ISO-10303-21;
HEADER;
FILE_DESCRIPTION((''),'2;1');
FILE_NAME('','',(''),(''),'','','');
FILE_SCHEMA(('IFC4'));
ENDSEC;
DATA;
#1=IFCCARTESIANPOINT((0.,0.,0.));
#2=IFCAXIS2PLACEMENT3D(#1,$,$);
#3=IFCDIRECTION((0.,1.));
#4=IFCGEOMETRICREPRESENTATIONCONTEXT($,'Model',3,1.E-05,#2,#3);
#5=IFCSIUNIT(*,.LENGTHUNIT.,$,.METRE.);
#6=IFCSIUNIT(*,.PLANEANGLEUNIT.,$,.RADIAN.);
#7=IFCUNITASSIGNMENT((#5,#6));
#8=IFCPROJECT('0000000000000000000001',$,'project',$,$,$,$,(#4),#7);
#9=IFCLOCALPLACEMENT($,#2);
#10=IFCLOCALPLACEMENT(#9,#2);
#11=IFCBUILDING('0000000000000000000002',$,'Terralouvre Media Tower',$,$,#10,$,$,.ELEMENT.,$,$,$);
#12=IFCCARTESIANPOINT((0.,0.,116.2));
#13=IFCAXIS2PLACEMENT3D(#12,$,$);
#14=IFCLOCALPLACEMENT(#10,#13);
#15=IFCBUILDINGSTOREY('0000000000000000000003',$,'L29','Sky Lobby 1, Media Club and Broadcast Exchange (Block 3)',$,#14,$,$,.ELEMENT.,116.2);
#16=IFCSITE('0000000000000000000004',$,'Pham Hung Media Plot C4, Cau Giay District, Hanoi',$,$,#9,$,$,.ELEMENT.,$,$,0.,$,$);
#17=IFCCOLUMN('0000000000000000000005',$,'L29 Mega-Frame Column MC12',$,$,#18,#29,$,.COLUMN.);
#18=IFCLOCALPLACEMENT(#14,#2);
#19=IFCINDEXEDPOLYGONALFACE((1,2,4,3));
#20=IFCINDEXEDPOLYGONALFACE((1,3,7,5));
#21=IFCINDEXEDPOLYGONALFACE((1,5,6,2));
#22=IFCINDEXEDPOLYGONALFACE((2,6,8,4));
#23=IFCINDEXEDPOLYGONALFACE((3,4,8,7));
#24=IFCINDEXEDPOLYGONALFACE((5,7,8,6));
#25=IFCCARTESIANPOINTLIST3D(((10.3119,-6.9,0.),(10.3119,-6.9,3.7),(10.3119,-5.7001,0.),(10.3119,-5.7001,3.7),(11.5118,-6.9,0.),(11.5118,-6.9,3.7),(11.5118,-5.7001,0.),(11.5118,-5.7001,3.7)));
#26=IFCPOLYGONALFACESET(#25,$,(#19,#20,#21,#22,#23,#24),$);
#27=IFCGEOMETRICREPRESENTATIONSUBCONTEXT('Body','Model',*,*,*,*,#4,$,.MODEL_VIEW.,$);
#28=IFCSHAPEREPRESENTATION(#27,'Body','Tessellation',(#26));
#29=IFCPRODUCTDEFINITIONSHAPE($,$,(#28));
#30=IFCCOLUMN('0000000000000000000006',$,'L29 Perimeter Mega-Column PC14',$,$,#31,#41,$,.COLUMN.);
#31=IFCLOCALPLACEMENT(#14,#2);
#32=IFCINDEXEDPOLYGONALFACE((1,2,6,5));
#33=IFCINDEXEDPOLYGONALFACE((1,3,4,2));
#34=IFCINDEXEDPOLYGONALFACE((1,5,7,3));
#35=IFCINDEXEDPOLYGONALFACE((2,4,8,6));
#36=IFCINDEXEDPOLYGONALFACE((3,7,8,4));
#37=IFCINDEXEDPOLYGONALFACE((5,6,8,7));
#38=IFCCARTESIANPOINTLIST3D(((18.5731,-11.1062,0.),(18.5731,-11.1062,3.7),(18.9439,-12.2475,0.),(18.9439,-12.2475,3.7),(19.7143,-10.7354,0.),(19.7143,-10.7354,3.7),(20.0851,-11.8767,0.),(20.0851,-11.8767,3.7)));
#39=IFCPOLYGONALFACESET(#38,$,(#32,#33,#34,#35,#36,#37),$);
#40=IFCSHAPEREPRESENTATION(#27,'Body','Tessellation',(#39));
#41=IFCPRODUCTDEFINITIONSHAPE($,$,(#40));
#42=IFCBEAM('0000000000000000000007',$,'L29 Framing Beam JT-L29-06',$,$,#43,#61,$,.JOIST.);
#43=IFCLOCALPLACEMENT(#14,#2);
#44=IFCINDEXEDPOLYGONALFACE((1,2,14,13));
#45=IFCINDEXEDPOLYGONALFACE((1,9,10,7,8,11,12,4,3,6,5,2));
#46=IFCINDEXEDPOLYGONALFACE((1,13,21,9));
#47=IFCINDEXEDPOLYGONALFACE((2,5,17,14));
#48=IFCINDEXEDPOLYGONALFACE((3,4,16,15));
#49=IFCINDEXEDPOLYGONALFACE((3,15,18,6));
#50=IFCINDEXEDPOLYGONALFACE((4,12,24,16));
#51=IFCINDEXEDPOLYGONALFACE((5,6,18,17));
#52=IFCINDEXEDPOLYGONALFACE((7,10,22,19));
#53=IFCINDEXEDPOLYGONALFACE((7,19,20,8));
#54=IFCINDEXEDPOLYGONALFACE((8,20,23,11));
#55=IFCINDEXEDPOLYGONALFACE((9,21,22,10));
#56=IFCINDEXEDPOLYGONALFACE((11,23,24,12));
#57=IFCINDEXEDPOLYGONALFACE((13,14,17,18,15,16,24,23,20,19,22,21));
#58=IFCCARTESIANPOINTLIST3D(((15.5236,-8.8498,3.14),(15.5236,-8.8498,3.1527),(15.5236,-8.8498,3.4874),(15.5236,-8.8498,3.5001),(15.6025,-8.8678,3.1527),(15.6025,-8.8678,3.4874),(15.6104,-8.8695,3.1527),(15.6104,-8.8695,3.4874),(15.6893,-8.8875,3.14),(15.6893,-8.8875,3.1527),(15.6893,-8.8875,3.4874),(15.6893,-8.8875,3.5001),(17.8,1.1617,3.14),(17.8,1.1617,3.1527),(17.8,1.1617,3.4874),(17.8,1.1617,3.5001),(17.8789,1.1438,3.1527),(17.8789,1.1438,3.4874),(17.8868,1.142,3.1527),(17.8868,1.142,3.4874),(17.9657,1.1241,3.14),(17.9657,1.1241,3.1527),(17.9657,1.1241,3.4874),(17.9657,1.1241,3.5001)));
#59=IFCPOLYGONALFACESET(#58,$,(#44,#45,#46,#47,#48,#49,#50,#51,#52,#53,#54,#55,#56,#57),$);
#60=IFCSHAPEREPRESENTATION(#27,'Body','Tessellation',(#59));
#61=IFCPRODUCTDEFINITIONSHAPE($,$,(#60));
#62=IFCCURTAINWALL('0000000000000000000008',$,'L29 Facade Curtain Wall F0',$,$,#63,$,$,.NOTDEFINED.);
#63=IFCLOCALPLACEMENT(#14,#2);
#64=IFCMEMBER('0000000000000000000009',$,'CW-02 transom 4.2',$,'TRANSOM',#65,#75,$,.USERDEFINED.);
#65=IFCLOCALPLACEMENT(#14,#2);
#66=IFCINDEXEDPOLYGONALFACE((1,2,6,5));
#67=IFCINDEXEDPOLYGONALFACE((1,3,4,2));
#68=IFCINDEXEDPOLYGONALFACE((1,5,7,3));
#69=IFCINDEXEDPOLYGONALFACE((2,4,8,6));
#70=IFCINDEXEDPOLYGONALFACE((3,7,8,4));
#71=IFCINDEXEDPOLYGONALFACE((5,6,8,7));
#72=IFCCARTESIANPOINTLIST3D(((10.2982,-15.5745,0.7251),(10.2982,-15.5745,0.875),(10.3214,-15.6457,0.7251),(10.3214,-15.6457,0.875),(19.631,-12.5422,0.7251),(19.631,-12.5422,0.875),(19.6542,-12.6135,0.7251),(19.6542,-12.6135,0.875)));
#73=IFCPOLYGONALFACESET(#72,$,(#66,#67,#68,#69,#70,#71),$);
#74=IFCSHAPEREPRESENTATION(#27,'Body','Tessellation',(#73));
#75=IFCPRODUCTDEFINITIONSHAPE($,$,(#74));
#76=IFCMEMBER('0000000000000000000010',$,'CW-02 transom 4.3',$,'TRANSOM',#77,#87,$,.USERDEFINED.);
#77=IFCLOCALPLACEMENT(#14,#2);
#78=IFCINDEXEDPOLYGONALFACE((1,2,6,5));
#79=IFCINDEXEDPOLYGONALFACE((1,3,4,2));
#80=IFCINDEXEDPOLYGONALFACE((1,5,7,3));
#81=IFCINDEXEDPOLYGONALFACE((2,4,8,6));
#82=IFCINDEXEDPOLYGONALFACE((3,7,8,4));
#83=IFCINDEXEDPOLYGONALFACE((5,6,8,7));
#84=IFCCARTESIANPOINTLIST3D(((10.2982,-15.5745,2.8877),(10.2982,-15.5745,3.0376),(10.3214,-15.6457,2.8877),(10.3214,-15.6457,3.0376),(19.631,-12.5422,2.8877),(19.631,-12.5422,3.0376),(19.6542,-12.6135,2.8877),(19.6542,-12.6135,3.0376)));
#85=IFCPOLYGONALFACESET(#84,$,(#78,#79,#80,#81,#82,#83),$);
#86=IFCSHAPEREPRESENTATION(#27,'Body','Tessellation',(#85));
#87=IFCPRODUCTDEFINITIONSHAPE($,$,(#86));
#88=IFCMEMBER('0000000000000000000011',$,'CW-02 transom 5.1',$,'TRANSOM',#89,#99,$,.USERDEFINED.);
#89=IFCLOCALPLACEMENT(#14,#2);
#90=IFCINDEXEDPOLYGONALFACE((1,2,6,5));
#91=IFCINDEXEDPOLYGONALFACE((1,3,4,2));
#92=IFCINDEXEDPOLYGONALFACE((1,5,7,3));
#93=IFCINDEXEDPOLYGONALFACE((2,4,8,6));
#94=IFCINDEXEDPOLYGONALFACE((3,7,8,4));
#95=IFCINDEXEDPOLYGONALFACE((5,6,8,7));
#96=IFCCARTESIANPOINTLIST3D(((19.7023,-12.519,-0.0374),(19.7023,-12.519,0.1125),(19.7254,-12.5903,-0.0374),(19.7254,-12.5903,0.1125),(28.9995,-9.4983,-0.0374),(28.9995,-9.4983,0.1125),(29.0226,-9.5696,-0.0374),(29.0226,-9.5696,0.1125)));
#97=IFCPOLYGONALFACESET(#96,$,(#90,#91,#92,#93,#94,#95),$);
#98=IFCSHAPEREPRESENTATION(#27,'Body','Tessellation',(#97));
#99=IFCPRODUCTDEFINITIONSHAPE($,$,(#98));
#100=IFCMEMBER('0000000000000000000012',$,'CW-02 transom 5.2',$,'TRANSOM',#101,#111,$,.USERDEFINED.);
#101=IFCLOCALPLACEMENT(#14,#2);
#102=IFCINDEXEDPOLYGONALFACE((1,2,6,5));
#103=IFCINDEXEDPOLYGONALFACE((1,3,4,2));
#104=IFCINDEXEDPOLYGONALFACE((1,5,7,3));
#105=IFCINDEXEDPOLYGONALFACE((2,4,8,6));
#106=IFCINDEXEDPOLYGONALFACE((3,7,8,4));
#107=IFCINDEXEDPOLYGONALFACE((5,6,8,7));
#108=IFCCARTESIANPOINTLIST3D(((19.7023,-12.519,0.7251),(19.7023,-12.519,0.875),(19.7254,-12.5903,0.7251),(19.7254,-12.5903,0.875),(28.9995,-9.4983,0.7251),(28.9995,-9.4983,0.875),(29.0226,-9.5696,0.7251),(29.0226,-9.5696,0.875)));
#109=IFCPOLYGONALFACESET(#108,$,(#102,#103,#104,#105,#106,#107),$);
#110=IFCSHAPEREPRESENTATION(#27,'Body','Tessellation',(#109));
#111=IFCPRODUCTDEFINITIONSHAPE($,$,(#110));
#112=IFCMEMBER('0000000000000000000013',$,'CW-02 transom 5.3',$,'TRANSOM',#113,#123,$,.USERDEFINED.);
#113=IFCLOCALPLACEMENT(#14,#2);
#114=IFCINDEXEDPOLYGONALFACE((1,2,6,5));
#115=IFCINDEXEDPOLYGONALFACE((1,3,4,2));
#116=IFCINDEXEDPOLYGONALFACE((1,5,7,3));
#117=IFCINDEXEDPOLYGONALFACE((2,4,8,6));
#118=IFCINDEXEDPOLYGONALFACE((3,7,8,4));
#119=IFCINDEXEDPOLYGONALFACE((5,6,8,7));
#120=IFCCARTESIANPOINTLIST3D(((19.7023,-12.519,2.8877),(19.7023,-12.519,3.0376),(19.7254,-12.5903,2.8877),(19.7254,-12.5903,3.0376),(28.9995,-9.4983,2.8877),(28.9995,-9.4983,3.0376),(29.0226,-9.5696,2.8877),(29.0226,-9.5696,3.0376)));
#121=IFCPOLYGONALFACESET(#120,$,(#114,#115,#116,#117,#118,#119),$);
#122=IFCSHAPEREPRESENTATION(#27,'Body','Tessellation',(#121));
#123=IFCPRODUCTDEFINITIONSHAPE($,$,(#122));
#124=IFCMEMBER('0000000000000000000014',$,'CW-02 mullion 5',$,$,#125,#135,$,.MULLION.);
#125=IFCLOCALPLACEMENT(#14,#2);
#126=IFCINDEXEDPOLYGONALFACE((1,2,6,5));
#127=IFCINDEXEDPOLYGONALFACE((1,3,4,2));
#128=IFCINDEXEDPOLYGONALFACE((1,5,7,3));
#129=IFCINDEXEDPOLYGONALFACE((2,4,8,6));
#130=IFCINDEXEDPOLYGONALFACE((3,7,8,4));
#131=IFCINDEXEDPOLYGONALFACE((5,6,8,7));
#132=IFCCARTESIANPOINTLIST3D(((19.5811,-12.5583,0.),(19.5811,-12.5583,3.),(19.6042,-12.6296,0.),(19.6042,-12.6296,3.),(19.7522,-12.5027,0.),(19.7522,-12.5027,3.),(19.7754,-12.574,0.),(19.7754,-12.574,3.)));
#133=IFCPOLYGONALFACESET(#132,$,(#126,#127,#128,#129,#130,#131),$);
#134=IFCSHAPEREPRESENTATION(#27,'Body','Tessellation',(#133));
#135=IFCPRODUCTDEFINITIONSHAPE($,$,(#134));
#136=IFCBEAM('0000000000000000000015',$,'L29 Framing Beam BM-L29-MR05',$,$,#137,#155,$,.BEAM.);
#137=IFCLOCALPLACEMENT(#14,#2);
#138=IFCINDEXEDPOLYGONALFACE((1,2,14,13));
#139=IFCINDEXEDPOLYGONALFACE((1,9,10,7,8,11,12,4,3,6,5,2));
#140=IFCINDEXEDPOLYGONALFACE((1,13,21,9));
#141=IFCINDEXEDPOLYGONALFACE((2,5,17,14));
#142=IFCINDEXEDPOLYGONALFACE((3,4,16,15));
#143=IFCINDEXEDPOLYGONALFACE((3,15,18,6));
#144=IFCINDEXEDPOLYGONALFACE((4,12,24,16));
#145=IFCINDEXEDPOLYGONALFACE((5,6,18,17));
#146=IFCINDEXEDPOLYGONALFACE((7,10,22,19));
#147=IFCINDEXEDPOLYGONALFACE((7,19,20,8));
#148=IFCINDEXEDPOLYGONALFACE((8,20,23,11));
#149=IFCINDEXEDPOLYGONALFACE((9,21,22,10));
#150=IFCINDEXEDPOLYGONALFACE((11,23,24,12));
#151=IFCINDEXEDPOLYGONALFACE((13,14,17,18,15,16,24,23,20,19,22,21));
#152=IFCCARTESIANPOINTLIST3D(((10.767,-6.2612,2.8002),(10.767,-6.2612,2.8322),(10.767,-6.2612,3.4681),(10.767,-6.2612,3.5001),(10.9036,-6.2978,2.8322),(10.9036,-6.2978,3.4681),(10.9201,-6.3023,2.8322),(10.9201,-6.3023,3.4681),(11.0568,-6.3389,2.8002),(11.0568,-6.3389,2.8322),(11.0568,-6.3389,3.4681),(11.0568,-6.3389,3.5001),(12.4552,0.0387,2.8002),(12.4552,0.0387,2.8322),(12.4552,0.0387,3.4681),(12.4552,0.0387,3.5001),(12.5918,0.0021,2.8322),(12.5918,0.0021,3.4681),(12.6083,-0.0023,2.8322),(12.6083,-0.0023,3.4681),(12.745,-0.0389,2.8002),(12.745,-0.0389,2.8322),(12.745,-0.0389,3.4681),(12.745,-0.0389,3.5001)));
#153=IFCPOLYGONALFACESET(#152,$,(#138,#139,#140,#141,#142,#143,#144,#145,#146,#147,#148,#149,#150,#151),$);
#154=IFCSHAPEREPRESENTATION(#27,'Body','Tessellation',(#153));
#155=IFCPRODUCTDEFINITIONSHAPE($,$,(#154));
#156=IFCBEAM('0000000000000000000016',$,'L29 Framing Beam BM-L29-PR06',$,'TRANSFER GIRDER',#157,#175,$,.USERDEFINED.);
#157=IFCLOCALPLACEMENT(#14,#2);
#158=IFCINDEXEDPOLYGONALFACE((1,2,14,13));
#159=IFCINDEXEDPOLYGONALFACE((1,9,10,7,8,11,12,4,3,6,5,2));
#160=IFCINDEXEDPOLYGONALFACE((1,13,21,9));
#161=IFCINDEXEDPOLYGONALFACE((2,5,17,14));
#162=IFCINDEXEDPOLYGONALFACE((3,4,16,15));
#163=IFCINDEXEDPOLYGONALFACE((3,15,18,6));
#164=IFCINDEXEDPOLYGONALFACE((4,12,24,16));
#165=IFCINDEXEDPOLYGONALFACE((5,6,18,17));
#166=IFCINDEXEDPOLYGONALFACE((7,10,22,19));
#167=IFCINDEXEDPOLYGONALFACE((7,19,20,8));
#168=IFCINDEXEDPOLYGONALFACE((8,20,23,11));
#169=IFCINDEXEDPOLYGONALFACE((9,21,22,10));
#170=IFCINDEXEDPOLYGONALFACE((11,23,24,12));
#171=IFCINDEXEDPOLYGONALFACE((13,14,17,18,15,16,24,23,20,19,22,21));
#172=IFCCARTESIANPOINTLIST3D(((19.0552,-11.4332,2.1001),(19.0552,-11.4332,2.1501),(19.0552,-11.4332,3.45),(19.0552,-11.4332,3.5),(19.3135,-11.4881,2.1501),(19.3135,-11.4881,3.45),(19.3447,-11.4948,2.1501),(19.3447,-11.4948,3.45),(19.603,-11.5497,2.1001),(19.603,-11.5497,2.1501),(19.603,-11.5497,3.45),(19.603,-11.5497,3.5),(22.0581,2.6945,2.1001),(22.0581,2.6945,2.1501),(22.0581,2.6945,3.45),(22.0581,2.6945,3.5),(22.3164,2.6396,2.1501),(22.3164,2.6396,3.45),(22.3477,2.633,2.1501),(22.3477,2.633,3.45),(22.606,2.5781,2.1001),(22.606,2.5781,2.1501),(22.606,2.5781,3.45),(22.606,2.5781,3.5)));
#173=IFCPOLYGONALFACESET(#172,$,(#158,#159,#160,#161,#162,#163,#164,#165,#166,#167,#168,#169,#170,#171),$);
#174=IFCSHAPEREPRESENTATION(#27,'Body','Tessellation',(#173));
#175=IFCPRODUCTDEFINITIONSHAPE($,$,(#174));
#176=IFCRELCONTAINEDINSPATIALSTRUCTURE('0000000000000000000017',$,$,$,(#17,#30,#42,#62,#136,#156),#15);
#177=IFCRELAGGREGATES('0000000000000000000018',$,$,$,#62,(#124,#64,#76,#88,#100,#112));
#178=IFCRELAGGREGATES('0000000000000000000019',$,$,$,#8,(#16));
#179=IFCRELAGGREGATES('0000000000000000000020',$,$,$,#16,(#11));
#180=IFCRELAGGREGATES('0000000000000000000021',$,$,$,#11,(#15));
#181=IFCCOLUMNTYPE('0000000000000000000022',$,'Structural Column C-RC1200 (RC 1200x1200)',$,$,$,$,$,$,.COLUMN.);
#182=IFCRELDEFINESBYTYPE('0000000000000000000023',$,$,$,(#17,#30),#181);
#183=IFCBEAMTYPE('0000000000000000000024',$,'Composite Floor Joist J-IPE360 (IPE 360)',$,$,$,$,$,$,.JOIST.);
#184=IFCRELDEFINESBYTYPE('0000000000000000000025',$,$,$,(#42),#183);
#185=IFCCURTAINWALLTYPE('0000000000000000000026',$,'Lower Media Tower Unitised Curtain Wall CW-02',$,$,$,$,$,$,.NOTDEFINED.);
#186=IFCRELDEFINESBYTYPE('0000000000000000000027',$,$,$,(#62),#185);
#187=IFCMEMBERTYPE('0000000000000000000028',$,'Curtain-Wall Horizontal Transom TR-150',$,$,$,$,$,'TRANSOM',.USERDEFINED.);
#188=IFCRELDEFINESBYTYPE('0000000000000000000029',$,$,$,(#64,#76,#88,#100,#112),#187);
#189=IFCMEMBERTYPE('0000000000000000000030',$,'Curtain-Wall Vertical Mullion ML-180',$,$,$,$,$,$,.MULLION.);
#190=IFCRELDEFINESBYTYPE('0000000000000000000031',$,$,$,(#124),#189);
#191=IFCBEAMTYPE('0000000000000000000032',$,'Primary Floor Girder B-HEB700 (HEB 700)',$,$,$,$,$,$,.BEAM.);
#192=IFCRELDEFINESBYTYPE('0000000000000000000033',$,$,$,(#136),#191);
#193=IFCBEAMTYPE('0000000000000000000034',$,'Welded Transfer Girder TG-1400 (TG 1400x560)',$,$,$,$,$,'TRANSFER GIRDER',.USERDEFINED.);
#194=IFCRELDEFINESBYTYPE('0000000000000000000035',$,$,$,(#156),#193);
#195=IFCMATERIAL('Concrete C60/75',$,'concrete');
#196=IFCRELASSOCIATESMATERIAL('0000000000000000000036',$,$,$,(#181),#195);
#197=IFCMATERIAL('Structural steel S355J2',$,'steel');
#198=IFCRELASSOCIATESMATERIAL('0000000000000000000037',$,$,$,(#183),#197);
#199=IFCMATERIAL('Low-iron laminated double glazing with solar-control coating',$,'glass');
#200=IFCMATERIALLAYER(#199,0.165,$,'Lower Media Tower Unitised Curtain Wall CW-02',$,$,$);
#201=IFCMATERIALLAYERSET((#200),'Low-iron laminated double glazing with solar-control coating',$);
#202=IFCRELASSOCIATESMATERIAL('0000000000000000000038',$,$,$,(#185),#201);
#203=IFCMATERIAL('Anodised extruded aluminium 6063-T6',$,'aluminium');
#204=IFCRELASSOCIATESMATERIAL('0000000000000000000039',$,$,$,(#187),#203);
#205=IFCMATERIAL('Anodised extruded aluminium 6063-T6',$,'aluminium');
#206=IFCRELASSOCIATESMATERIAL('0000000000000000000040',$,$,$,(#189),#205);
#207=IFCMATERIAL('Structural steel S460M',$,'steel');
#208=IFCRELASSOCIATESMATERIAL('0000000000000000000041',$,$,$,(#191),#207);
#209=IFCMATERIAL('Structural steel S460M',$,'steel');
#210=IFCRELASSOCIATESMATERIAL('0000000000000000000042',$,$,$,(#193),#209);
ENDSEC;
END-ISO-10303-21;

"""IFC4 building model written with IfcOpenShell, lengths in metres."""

from ifc_helpers import new_model, si_unit, direction, frame, origin, origin_2d, place, context, subcontext, project, spatial, rectangle, i_section, extrude, material, layer, layer_set, material_profile, profile_set, type_object, element, aggregate, save


model = new_model("IFC4")

# Units and contexts
model_context = context("Model", 3, precision=1e-05, world=origin(), true_north=direction((0.0, 1.0)))
body_context = subcontext(model_context, "Body", "Model", "MODEL_VIEW")
ifc_project = project(units=[si_unit("LENGTHUNIT", "METRE"), si_unit("PLANEANGLEUNIT", "RADIAN")], contexts=[model_context])

# Site, building, storey
site_placement = place(None, origin())
site = spatial("IfcSite", under=ifc_project, at=site_placement, Name="Pham Hung Media Plot C4, Cau Giay District, Hanoi", CompositionType="ELEMENT", RefElevation=0.0)
building_placement = place(site_placement, origin())
building = spatial("IfcBuilding", under=site, at=building_placement, Name="Terralouvre Media Tower", CompositionType="ELEMENT")
storey_placement = place(building_placement, frame((0.0, 0.0, 116.2)))
storey = spatial("IfcBuildingStorey", under=building, at=storey_placement, Name="L29", Description="Sky Lobby 1, Media Club and Broadcast Exchange (Block 3)", CompositionType="ELEMENT", Elevation=116.2)

# Columns
ifc_material_1 = material(Name="Concrete C60/75", Category="concrete")
ifc_material_profile_1 = material_profile(ifc_material_1, rectangle(XDim=1.2, YDim=1.2, at=origin_2d()), Name="RC 1200x1200")
ifc_profile_set_1 = profile_set([ifc_material_profile_1], Name="Concrete C60/75")
column_type = type_object("IfcColumnType", Name="Structural Column C-RC1200 (RC 1200x1200)", PredefinedType="COLUMN", material=ifc_profile_set_1)
for number, where, z_axis, x_axis, name in (
    (1, (10.9119, -6.3, 0.0), (0.0, 0.0, 1.0), (1.0, 0.0, 0.0), "L29 Mega-Frame Column MC12"),
    (2, (19.3291, -11.4915, 0.0), (0.0, 0.0, 1.0), (0.951057, 0.309017, 0.0), "L29 Perimeter Mega-Column PC14"),
):
    element("IfcColumn", number, at=place(storey_placement, frame(where, z_axis=z_axis, x_axis=x_axis)), inside=storey, type_object=column_type, Name=name, PredefinedType="COLUMN", context=body_context, shape_type="SweptSolid", body=[
        extrude(rectangle(XDim=1.2, YDim=1.2, at=origin_2d()), origin(), (0.0, 0.0, 1.0), 3.7),
    ])

# Beam
ifc_material_2 = material(Name="Structural steel S355J2", Category="steel")
ifc_material_profile_2 = material_profile(ifc_material_2, i_section(OverallWidth=0.1699, OverallDepth=0.3601, WebThickness=0.0081, FlangeThickness=0.0127, at=origin_2d()), Name="IPE 360")
ifc_profile_set_2 = profile_set([ifc_material_profile_2], Name="Structural steel S355J2")
beam_type_1 = type_object("IfcBeamType", Name="Composite Floor Joist J-IPE360 (IPE 360)", PredefinedType="JOIST", material=ifc_profile_set_2)
beam_1_placement = place(storey_placement, frame((15.6064, -8.8687, 3.3201), z_axis=(0.221717, 0.975111, 0.0), x_axis=(-0.975111, 0.221717, 0.0)))
element("IfcBeam", 3, at=beam_1_placement, inside=storey, type_object=beam_type_1, Name="L29 Framing Beam JT-L29-06", PredefinedType="JOIST", context=body_context, shape_type="SweptSolid", body=[
    extrude(i_section(OverallWidth=0.1699, OverallDepth=0.3601, WebThickness=0.0081, FlangeThickness=0.0127, at=origin_2d()), origin(), (0.0, 0.0, 1.0), 10.2671),
])

# Curtain wall, members
ifc_material_3 = material(Name="Low-iron laminated double glazing with solar-control coating", Category="glass")
ifc_layer_1 = layer(ifc_material_3, 0.165, Name="Lower Media Tower Unitised Curtain Wall CW-02")
ifc_layer_set_1 = layer_set([ifc_layer_1], Name="Low-iron laminated double glazing with solar-control coating")
curtain_wall_type = type_object("IfcCurtainWallType", Name="Lower Media Tower Unitised Curtain Wall CW-02", PredefinedType="NOTDEFINED", material=ifc_layer_set_1)
curtain_wall_placement = place(storey_placement, origin())
curtain_wall = element("IfcCurtainWall", 4, at=curtain_wall_placement, inside=storey, type_object=curtain_wall_type, Name="L29 Facade Curtain Wall F0", PredefinedType="NOTDEFINED")
ifc_material_4 = material(Name="Anodised extruded aluminium 6063-T6", Category="aluminium")
ifc_material_profile_3 = material_profile(ifc_material_4, rectangle(XDim=0.075, YDim=0.1499, at=origin_2d()), Name="ALU 75x150")
ifc_profile_set_3 = profile_set([ifc_material_profile_3], Name="Anodised extruded aluminium 6063-T6")
member_type_1 = type_object("IfcMemberType", Name="Curtain-Wall Horizontal Transom TR-150", ElementType="TRANSOM", PredefinedType="USERDEFINED", material=ifc_profile_set_3)
member_1_placement = place(storey_placement, frame((10.3098, -15.6101, 0.8), z_axis=(0.951062, 0.309001, 0.0), x_axis=(-0.309001, 0.951062, 0.0)))
member_1 = element("IfcMember", 5, at=member_1_placement, type_object=member_type_1, Name="CW-02 transom 4.2", ObjectType="TRANSOM", PredefinedType="USERDEFINED", context=body_context, shape_type="SweptSolid", body=[
    extrude(rectangle(XDim=0.075, YDim=0.1499, at=origin_2d()), origin(), (0.0, 0.0, 1.0), 9.813),
])
member_2_placement = place(storey_placement, frame((10.3098, -15.6101, 2.9626), z_axis=(0.951062, 0.309001, 0.0), x_axis=(-0.309001, 0.951062, 0.0)))
member_2 = element("IfcMember", 6, at=member_2_placement, type_object=member_type_1, Name="CW-02 transom 4.3", ObjectType="TRANSOM", PredefinedType="USERDEFINED", context=body_context, shape_type="SweptSolid", body=[
    extrude(rectangle(XDim=0.075, YDim=0.1499, at=origin_2d()), origin(), (0.0, 0.0, 1.0), 9.813),
])
member_3_placement = place(storey_placement, frame((19.7139, -12.5547, 0.0376), z_axis=(0.951058, 0.309011, 0.0), x_axis=(-0.309011, 0.951058, 0.0)))
member_3 = element("IfcMember", 7, at=member_3_placement, type_object=member_type_1, Name="CW-02 transom 5.1", ObjectType="TRANSOM", PredefinedType="USERDEFINED", context=body_context, shape_type="SweptSolid", body=[
    extrude(rectangle(XDim=0.075, YDim=0.1499, at=origin_2d()), origin(), (0.0, 0.0, 1.0), 9.7756),
])
member_4_placement = place(storey_placement, frame((19.7139, -12.5547, 0.8), z_axis=(0.951058, 0.309011, 0.0), x_axis=(-0.309011, 0.951058, 0.0)))
member_4 = element("IfcMember", 8, at=member_4_placement, type_object=member_type_1, Name="CW-02 transom 5.2", ObjectType="TRANSOM", PredefinedType="USERDEFINED", context=body_context, shape_type="SweptSolid", body=[
    extrude(rectangle(XDim=0.075, YDim=0.1499, at=origin_2d()), origin(), (0.0, 0.0, 1.0), 9.7756),
])
member_5_placement = place(storey_placement, frame((19.7139, -12.5547, 2.9626), z_axis=(0.951058, 0.309011, 0.0), x_axis=(-0.309011, 0.951058, 0.0)))
member_5 = element("IfcMember", 9, at=member_5_placement, type_object=member_type_1, Name="CW-02 transom 5.3", ObjectType="TRANSOM", PredefinedType="USERDEFINED", context=body_context, shape_type="SweptSolid", body=[
    extrude(rectangle(XDim=0.075, YDim=0.1499, at=origin_2d()), origin(), (0.0, 0.0, 1.0), 9.7756),
])
ifc_material_5 = material(Name="Anodised extruded aluminium 6063-T6", Category="aluminium")
ifc_material_profile_4 = material_profile(ifc_material_5, rectangle(XDim=0.075, YDim=0.1799, at=origin_2d()), Name="ALU 75x180")
ifc_profile_set_4 = profile_set([ifc_material_profile_4], Name="Anodised extruded aluminium 6063-T6")
member_type_2 = type_object("IfcMemberType", Name="Curtain-Wall Vertical Mullion ML-180", PredefinedType="MULLION", material=ifc_profile_set_4)
member_6_placement = place(storey_placement, frame((19.6782, -12.5662, 0.0), z_axis=(0.0, 0.0, 1.0), x_axis=(-0.309017, 0.951057, 0.0)))
member_6 = element("IfcMember", 10, at=member_6_placement, type_object=member_type_2, Name="CW-02 mullion 5", PredefinedType="MULLION", context=body_context, shape_type="SweptSolid", body=[
    extrude(rectangle(XDim=0.075, YDim=0.1799, at=origin_2d()), origin(), (0.0, 0.0, 1.0), 3.0),
])

# Beams
ifc_material_6 = material(Name="Structural steel S460M", Category="steel")
ifc_material_profile_5 = material_profile(ifc_material_6, i_section(OverallWidth=0.3, OverallDepth=0.7, WebThickness=0.0171, FlangeThickness=0.032, at=origin_2d()), Name="HEB 700")
ifc_profile_set_5 = profile_set([ifc_material_profile_5], Name="Structural steel S460M")
beam_type_2 = type_object("IfcBeamType", Name="Primary Floor Girder B-HEB700 (HEB 700)", PredefinedType="BEAM", material=ifc_profile_set_5)
beam_2_placement = place(storey_placement, frame((10.9119, -6.3, 3.1501), z_axis=(0.258839, 0.96592, 0.0), x_axis=(-0.96592, 0.258839, 0.0)))
element("IfcBeam", 11, at=beam_2_placement, inside=storey, type_object=beam_type_2, Name="L29 Framing Beam BM-L29-MR05", PredefinedType="BEAM", context=body_context, shape_type="SweptSolid", body=[
    extrude(i_section(OverallWidth=0.3, OverallDepth=0.7, WebThickness=0.0171, FlangeThickness=0.032, at=origin_2d()), origin(), (0.0, 0.0, 1.0), 6.5222),
])
ifc_material_7 = material(Name="Structural steel S460M", Category="steel")
ifc_material_profile_6 = material_profile(ifc_material_7, i_section(OverallWidth=0.5601, OverallDepth=1.3999, WebThickness=0.032, FlangeThickness=0.05, at=origin_2d()), Name="TG 1400x560")
ifc_profile_set_6 = profile_set([ifc_material_profile_6], Name="Structural steel S460M")
beam_type_3 = type_object("IfcBeamType", Name="Welded Transfer Girder TG-1400 (TG 1400x560)", ElementType="TRANSFER GIRDER", PredefinedType="USERDEFINED", material=ifc_profile_set_6)
beam_3_placement = place(storey_placement, frame((19.3291, -11.4915, 2.8), z_axis=(0.207912, 0.978148, 0.0), x_axis=(-0.978148, 0.207912, 0.0)))
element("IfcBeam", 12, at=beam_3_placement, inside=storey, type_object=beam_type_3, Name="L29 Framing Beam BM-L29-PR06", ObjectType="TRANSFER GIRDER", PredefinedType="USERDEFINED", context=body_context, shape_type="SweptSolid", body=[
    extrude(i_section(OverallWidth=0.5601, OverallDepth=1.3999, WebThickness=0.032, FlangeThickness=0.05, at=origin_2d()), origin(), (0.0, 0.0, 1.0), 14.4434),
])

aggregate(curtain_wall, [member_6, member_1, member_2, member_3, member_4, member_5])

save(model, "model.ifc")
